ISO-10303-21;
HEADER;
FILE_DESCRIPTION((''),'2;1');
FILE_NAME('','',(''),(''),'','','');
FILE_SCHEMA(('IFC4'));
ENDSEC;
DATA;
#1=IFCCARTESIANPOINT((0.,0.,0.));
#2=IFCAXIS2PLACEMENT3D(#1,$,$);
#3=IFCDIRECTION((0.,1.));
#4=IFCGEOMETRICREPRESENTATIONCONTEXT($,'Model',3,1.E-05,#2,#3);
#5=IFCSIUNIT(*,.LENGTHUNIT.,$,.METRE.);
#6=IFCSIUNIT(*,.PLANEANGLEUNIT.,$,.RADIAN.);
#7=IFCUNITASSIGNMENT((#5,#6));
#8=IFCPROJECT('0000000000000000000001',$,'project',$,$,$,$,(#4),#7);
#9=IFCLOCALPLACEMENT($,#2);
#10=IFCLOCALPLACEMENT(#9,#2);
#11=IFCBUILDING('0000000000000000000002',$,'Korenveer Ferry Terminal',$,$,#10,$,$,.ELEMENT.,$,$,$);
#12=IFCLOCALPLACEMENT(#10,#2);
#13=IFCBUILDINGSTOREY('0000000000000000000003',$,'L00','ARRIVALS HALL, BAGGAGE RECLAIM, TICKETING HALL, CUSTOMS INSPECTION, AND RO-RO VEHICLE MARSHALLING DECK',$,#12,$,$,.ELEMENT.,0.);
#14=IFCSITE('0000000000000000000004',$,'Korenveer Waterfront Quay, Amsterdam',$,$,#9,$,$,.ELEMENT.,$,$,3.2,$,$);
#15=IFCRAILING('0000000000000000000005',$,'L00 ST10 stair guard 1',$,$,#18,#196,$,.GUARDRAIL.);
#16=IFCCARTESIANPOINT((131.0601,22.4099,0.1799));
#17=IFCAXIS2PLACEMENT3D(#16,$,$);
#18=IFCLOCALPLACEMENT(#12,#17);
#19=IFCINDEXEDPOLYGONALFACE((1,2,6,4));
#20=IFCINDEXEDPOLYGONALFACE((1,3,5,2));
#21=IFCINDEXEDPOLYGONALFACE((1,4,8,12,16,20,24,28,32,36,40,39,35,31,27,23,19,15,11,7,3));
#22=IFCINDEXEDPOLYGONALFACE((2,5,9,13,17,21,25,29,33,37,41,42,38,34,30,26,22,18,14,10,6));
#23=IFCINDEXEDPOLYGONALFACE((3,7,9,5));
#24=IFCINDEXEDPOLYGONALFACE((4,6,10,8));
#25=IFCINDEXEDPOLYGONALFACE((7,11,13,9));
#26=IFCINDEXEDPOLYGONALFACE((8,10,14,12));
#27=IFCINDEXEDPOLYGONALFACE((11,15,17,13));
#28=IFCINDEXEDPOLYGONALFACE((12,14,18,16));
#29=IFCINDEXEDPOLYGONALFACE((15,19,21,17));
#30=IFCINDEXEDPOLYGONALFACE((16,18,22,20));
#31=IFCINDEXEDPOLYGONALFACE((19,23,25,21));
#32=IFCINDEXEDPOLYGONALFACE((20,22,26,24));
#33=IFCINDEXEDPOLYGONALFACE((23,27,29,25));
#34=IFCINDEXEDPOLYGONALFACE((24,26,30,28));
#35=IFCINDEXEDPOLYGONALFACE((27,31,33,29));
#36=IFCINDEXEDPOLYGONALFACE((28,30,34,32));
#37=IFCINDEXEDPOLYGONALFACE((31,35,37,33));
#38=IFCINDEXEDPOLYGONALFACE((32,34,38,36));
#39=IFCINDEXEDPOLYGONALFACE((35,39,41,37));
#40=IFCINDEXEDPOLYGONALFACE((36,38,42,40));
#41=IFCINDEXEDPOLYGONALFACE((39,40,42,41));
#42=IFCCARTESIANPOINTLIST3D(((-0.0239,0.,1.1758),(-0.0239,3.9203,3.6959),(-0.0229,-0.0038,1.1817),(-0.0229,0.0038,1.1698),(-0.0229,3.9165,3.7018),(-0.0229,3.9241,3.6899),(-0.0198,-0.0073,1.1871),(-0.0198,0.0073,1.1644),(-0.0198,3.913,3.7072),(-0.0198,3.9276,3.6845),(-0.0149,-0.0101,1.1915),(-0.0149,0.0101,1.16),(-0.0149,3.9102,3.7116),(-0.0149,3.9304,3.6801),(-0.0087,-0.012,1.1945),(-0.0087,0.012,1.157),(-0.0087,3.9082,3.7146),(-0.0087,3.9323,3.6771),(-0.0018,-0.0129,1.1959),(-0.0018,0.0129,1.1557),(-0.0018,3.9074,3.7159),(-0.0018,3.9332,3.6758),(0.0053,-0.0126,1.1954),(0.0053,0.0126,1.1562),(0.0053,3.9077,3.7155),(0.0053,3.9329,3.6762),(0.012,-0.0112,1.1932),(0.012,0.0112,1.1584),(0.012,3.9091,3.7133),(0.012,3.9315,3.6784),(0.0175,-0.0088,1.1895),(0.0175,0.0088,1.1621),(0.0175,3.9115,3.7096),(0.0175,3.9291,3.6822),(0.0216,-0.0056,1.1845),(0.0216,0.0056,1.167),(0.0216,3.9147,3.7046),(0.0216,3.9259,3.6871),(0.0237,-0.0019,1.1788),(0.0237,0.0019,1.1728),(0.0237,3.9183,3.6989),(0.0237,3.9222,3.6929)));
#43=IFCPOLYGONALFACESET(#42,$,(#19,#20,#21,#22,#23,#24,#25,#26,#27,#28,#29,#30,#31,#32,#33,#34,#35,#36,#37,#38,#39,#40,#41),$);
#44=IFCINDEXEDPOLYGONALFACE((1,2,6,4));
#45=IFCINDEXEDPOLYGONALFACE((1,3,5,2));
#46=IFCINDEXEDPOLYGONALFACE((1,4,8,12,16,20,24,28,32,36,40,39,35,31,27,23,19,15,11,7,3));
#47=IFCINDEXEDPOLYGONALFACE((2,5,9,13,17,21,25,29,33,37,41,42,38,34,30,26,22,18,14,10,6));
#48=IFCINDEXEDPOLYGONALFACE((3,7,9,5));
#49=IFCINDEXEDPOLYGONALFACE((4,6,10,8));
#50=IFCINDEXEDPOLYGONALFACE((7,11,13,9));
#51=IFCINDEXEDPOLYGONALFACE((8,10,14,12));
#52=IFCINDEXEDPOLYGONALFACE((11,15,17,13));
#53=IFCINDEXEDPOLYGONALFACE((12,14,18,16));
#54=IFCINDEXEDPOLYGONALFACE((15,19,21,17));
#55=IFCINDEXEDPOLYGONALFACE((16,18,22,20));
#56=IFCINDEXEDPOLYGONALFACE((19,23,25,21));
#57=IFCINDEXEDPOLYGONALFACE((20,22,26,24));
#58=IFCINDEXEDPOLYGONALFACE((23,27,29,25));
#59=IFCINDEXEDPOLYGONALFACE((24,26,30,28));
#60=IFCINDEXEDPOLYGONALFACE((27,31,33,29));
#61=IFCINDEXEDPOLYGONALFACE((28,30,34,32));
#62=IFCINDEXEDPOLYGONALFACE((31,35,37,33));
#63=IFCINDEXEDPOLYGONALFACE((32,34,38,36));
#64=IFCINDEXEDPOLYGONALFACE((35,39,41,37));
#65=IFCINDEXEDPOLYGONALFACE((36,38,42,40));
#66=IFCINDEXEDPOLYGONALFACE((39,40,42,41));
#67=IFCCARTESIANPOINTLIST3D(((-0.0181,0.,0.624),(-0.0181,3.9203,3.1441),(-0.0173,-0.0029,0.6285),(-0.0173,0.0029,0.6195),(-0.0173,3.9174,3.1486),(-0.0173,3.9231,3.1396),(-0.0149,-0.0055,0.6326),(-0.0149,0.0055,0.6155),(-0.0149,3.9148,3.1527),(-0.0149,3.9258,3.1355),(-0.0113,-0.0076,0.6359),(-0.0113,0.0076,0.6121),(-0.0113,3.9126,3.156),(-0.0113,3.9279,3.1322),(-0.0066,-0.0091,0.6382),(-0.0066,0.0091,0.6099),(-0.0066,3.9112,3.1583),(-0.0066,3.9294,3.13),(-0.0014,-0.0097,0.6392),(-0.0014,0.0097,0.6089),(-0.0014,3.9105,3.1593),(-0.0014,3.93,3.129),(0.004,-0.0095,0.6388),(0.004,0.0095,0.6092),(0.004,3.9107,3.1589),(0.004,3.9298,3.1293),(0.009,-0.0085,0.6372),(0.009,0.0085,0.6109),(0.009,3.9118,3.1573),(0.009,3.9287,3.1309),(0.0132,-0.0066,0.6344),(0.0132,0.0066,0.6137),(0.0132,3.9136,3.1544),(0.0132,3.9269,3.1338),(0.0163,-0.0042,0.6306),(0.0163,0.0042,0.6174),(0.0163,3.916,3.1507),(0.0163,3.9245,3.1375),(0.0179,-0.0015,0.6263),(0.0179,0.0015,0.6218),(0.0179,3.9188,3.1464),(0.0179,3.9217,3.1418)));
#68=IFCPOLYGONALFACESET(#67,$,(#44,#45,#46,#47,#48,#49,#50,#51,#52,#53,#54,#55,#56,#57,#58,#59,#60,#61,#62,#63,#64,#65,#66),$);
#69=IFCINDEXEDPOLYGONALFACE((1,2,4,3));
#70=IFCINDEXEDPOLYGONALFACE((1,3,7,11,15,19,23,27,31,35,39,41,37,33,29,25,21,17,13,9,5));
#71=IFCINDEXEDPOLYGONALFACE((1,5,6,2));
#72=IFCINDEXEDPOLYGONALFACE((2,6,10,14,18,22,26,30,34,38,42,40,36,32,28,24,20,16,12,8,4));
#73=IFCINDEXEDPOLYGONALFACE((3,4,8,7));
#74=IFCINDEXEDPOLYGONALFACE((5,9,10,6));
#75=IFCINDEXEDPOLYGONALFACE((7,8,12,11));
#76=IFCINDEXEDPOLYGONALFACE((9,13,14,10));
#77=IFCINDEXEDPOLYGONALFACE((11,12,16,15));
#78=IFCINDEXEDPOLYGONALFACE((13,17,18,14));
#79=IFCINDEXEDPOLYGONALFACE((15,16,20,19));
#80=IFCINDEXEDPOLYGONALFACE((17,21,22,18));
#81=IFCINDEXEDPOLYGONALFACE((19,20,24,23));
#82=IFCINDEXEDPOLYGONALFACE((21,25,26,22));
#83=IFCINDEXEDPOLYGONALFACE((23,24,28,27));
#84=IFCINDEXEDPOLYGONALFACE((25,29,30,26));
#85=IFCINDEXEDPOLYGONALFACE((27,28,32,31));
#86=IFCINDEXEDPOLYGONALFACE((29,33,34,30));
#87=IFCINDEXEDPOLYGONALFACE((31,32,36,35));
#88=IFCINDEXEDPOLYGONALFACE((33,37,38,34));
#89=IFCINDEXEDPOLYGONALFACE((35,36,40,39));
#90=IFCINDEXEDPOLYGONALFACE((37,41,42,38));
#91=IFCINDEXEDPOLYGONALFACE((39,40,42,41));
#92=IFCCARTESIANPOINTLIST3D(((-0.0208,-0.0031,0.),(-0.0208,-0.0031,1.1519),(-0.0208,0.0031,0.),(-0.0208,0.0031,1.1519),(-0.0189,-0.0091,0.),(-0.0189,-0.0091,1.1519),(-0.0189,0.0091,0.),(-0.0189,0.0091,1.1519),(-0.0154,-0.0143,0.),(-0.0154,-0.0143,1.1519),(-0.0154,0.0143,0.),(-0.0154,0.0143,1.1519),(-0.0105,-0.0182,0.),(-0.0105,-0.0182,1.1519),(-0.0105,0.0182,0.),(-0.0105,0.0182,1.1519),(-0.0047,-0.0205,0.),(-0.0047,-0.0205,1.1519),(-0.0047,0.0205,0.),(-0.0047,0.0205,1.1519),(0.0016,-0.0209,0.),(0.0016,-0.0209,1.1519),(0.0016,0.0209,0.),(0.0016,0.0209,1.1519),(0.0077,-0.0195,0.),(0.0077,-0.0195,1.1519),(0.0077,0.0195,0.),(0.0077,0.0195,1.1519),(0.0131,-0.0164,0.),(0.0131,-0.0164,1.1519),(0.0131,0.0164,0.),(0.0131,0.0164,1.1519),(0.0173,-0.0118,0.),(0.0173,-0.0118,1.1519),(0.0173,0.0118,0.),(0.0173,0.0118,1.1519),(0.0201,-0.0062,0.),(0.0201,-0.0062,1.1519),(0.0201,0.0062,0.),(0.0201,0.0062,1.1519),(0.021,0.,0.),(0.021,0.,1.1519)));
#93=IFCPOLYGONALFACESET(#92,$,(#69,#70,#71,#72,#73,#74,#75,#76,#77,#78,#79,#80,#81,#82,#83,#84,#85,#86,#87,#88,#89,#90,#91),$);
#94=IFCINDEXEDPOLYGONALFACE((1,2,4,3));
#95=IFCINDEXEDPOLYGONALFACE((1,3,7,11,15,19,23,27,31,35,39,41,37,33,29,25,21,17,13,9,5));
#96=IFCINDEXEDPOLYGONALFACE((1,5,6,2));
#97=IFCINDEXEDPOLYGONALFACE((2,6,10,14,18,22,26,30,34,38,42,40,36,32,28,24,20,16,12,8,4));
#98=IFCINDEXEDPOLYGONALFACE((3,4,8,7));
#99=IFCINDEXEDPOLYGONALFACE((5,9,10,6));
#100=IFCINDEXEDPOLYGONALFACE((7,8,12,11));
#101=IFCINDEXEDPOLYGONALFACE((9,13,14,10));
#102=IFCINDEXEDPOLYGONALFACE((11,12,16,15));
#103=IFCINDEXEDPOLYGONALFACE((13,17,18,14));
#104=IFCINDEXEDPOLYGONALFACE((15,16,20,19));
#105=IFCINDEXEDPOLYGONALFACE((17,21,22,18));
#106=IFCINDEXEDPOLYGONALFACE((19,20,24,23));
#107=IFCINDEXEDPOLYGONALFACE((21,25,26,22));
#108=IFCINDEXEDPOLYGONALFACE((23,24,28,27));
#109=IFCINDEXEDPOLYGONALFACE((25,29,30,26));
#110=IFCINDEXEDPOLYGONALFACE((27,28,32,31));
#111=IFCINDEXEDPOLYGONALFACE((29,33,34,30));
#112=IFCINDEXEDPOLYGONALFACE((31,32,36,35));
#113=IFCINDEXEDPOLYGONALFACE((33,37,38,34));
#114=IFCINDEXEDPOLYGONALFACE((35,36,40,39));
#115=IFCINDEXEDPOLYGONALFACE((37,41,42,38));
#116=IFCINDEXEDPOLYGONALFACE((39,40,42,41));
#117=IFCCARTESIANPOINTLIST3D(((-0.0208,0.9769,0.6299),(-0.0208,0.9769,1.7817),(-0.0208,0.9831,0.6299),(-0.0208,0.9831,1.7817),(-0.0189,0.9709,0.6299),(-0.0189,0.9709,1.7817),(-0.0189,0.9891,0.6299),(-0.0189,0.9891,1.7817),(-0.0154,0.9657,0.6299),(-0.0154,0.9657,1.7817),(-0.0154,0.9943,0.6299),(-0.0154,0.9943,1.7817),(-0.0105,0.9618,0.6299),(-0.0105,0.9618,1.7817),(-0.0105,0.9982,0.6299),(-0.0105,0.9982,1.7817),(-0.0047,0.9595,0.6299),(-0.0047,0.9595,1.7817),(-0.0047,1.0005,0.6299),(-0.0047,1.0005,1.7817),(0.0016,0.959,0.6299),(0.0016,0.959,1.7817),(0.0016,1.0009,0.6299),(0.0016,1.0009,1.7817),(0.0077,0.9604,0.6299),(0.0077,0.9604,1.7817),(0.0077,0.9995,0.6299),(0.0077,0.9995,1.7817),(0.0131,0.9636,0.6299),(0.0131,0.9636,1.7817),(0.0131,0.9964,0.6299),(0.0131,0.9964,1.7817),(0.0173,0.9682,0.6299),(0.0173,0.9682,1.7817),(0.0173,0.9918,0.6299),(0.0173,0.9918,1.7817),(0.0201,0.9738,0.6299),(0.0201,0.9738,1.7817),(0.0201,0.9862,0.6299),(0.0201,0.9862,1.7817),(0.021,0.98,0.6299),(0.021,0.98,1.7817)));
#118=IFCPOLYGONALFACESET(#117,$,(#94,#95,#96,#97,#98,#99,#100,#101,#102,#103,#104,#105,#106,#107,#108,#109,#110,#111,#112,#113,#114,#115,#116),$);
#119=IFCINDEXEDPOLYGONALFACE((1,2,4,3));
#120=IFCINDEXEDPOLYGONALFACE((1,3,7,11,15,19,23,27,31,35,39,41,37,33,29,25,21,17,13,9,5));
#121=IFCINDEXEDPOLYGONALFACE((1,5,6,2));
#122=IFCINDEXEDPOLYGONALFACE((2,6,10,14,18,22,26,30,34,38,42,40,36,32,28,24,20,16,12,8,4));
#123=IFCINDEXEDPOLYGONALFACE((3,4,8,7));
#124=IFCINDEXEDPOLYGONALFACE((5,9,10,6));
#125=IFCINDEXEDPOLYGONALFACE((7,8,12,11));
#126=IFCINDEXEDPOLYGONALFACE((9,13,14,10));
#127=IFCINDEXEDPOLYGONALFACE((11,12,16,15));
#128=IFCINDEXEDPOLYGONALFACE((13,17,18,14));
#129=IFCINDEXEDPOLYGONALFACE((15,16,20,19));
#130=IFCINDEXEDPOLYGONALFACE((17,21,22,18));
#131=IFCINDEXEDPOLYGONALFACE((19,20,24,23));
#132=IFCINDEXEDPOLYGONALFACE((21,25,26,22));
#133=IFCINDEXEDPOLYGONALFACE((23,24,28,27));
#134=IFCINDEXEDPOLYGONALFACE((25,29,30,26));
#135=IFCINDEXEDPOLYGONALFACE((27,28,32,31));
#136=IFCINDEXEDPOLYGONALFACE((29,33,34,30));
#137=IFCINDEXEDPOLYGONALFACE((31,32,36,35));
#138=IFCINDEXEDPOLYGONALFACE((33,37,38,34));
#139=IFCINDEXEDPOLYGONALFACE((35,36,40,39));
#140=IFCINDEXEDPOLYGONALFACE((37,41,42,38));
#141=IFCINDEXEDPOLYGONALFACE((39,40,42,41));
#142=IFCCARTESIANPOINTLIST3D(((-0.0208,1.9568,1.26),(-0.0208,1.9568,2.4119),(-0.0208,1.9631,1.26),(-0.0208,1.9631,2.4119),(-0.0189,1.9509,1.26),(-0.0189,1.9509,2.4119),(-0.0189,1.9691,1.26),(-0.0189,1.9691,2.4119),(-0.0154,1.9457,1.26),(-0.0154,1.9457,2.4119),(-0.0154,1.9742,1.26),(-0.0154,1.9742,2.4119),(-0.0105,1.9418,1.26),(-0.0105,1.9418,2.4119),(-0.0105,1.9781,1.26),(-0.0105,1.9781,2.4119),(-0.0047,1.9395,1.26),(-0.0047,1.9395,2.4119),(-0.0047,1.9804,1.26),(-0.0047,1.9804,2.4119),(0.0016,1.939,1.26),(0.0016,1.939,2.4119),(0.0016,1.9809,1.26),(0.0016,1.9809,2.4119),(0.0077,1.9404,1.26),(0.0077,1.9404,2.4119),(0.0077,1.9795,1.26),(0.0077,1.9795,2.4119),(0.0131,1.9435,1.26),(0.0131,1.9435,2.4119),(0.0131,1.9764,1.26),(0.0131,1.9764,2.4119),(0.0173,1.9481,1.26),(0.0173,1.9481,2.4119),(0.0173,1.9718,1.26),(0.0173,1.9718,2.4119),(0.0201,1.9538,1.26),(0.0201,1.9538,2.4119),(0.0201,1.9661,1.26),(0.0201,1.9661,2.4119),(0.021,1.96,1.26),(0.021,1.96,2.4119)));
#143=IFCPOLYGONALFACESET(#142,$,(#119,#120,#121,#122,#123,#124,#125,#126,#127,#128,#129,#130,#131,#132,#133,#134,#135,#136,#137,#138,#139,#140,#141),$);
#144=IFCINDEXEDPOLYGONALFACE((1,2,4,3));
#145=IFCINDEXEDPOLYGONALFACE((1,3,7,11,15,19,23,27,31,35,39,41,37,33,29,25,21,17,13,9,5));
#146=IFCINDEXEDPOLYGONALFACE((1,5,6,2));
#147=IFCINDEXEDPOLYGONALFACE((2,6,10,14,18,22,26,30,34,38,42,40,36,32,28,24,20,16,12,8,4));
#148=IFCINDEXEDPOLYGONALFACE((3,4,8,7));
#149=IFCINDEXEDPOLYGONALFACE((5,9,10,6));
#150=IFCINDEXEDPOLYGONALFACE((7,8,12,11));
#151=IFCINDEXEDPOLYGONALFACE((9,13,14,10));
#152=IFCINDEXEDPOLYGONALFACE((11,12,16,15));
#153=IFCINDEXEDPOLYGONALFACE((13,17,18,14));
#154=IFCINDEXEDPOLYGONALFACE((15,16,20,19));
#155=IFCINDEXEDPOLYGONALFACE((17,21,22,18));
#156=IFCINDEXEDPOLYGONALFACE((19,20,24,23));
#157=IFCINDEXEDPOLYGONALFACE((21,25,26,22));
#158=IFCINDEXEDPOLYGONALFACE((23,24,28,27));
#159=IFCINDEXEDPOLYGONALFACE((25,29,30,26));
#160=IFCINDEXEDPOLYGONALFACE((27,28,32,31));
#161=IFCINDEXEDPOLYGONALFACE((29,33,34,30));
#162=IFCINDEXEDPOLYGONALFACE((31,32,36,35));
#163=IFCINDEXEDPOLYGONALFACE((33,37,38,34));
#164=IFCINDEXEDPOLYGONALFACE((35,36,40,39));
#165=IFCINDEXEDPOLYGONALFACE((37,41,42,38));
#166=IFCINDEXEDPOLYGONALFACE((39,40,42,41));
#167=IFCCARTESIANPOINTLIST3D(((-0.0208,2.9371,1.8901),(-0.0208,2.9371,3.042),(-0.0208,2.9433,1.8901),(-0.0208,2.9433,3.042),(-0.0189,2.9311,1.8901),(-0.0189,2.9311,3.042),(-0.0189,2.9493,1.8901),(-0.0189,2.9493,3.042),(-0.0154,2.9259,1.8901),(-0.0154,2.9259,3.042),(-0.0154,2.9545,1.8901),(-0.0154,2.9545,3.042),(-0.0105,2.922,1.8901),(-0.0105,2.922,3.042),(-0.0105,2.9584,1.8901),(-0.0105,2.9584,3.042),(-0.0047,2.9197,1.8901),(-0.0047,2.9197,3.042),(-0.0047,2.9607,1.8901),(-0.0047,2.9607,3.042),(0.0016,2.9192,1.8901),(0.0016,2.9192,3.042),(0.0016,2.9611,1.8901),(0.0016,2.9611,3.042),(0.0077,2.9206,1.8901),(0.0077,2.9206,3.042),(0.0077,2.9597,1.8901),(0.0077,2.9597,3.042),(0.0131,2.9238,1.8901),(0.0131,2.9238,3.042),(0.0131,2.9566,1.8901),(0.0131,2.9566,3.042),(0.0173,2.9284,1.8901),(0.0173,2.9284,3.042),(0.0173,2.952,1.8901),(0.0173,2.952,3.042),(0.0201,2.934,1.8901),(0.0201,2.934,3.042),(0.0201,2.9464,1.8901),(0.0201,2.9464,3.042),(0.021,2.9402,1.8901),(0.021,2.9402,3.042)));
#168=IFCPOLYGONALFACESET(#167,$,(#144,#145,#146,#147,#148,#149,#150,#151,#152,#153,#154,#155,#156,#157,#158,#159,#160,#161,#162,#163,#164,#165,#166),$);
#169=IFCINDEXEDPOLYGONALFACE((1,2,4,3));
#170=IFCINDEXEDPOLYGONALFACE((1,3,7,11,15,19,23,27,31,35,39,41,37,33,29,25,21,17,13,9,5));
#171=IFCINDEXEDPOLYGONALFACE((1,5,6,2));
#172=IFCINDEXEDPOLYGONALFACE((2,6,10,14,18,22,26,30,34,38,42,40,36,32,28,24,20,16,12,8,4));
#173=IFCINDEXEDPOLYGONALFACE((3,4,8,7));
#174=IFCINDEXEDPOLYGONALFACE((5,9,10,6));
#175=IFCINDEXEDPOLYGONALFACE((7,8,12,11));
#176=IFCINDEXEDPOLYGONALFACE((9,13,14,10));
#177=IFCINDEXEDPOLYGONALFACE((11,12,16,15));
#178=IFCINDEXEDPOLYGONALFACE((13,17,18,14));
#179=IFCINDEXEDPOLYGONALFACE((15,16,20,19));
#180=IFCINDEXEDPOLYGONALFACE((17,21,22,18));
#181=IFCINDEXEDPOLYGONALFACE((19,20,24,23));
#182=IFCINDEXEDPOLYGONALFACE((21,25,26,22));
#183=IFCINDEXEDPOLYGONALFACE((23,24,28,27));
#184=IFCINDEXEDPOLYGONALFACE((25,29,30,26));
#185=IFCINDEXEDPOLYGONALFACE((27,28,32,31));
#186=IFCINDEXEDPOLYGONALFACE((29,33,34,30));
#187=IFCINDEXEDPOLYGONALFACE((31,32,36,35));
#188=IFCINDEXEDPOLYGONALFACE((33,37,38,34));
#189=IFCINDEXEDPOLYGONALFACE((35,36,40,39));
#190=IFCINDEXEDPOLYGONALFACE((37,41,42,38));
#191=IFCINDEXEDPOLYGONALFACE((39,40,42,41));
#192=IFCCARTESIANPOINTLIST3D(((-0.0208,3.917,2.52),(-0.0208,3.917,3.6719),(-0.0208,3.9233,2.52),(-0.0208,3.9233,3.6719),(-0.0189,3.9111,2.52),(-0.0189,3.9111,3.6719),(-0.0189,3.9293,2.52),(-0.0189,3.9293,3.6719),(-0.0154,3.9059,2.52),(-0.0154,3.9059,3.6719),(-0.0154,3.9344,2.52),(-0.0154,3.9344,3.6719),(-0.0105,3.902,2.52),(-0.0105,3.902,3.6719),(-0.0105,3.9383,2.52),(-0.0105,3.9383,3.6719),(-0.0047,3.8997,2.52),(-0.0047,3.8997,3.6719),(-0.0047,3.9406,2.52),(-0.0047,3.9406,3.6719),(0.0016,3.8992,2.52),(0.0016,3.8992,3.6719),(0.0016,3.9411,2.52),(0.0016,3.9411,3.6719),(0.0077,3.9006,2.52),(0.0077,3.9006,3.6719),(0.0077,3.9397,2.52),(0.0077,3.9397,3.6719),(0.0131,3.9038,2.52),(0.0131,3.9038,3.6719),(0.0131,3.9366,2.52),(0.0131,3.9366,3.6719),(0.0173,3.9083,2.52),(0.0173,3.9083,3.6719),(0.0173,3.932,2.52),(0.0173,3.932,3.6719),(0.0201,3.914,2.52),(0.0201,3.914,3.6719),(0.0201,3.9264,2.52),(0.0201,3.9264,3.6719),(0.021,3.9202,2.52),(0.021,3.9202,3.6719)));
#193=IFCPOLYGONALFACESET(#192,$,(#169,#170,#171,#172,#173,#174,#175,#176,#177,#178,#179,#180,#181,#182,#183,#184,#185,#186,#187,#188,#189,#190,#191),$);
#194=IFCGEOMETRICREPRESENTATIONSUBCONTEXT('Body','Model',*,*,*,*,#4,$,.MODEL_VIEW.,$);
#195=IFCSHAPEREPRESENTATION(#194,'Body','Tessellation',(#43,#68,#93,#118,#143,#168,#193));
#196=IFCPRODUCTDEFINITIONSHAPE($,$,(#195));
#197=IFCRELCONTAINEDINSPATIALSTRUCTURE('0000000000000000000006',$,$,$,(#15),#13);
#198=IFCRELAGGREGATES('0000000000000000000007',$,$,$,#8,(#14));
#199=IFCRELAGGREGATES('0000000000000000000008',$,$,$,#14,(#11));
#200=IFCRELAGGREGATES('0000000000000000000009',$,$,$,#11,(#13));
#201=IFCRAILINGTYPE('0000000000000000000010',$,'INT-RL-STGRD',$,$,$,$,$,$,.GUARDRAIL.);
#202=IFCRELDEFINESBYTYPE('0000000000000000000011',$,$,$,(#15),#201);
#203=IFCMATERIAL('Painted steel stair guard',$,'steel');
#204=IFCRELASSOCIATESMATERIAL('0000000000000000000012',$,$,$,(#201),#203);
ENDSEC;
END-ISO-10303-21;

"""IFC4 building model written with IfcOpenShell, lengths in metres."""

from ifc_helpers import new_model, si_unit, direction, frame, origin, origin_2d, place, context, subcontext, project, spatial, circle, extrude, material, type_object, element, save


model = new_model("IFC4")

# Units and contexts
model_context = context("Model", 3, precision=1e-05, world=origin(), true_north=direction((0.0, 1.0)))
body_context = subcontext(model_context, "Body", "Model", "MODEL_VIEW")
ifc_project = project(units=[si_unit("LENGTHUNIT", "METRE"), si_unit("PLANEANGLEUNIT", "RADIAN")], contexts=[model_context])

# Site, building, storey
site_placement = place(None, origin())
site = spatial("IfcSite", under=ifc_project, at=site_placement, Name="Korenveer Waterfront Quay, Amsterdam", CompositionType="ELEMENT", RefElevation=3.2)
building_placement = place(site_placement, origin())
building = spatial("IfcBuilding", under=site, at=building_placement, Name="Korenveer Ferry Terminal", CompositionType="ELEMENT")
storey_placement = place(building_placement, origin())
storey = spatial("IfcBuildingStorey", under=building, at=storey_placement, Name="L00", Description="ARRIVALS HALL, BAGGAGE RECLAIM, TICKETING HALL, CUSTOMS INSPECTION, AND RO-RO VEHICLE MARSHALLING DECK", CompositionType="ELEMENT", Elevation=0.0)

# Railing
ifc_material_1 = material(Name="Painted steel stair guard", Category="steel")
railing_type_1 = type_object("IfcRailingType", Name="INT-RL-STGRD", PredefinedType="GUARDRAIL", material=ifc_material_1)
railing_1_placement = place(storey_placement, frame((131.0601, 22.4099, 0.1799)))
element("IfcRailing", 1, at=railing_1_placement, inside=storey, type_object=railing_type_1, Name="L00 ST10 stair guard 1", PredefinedType="GUARDRAIL", context=body_context, shape_type="SweptSolid", body=[
    extrude(circle(Radius=0.0239, at=origin_2d()), frame((0.0, 0.0, 1.1758), z_axis=(0.0, 0.841187, 0.540744), x_axis=(-1.0, 0.0, 0.0)), (0.0, 0.0, 1.0), 4.6604),
    extrude(circle(Radius=0.0181, at=origin_2d()), frame((0.0, 0.0, 0.624), z_axis=(0.0, 0.841187, 0.540744), x_axis=(-1.0, 0.0, 0.0)), (0.0, 0.0, 1.0), 4.6604),
    extrude(circle(Radius=0.021, at=origin_2d()), origin(), (0.0, 0.0, 1.0), 1.1519),
    extrude(circle(Radius=0.021, at=origin_2d()), frame((0.0, 0.98, 0.6299)), (0.0, 0.0, 1.0), 1.1519),
    extrude(circle(Radius=0.021, at=origin_2d()), frame((0.0, 1.96, 1.26)), (0.0, 0.0, 1.0), 1.1519),
    extrude(circle(Radius=0.021, at=origin_2d()), frame((0.0, 2.9402, 1.8901)), (0.0, 0.0, 1.0), 1.1519),
    extrude(circle(Radius=0.021, at=origin_2d()), frame((0.0, 3.9202, 2.52)), (0.0, 0.0, 1.0), 1.1519),
])

save(model, "model.ifc")
